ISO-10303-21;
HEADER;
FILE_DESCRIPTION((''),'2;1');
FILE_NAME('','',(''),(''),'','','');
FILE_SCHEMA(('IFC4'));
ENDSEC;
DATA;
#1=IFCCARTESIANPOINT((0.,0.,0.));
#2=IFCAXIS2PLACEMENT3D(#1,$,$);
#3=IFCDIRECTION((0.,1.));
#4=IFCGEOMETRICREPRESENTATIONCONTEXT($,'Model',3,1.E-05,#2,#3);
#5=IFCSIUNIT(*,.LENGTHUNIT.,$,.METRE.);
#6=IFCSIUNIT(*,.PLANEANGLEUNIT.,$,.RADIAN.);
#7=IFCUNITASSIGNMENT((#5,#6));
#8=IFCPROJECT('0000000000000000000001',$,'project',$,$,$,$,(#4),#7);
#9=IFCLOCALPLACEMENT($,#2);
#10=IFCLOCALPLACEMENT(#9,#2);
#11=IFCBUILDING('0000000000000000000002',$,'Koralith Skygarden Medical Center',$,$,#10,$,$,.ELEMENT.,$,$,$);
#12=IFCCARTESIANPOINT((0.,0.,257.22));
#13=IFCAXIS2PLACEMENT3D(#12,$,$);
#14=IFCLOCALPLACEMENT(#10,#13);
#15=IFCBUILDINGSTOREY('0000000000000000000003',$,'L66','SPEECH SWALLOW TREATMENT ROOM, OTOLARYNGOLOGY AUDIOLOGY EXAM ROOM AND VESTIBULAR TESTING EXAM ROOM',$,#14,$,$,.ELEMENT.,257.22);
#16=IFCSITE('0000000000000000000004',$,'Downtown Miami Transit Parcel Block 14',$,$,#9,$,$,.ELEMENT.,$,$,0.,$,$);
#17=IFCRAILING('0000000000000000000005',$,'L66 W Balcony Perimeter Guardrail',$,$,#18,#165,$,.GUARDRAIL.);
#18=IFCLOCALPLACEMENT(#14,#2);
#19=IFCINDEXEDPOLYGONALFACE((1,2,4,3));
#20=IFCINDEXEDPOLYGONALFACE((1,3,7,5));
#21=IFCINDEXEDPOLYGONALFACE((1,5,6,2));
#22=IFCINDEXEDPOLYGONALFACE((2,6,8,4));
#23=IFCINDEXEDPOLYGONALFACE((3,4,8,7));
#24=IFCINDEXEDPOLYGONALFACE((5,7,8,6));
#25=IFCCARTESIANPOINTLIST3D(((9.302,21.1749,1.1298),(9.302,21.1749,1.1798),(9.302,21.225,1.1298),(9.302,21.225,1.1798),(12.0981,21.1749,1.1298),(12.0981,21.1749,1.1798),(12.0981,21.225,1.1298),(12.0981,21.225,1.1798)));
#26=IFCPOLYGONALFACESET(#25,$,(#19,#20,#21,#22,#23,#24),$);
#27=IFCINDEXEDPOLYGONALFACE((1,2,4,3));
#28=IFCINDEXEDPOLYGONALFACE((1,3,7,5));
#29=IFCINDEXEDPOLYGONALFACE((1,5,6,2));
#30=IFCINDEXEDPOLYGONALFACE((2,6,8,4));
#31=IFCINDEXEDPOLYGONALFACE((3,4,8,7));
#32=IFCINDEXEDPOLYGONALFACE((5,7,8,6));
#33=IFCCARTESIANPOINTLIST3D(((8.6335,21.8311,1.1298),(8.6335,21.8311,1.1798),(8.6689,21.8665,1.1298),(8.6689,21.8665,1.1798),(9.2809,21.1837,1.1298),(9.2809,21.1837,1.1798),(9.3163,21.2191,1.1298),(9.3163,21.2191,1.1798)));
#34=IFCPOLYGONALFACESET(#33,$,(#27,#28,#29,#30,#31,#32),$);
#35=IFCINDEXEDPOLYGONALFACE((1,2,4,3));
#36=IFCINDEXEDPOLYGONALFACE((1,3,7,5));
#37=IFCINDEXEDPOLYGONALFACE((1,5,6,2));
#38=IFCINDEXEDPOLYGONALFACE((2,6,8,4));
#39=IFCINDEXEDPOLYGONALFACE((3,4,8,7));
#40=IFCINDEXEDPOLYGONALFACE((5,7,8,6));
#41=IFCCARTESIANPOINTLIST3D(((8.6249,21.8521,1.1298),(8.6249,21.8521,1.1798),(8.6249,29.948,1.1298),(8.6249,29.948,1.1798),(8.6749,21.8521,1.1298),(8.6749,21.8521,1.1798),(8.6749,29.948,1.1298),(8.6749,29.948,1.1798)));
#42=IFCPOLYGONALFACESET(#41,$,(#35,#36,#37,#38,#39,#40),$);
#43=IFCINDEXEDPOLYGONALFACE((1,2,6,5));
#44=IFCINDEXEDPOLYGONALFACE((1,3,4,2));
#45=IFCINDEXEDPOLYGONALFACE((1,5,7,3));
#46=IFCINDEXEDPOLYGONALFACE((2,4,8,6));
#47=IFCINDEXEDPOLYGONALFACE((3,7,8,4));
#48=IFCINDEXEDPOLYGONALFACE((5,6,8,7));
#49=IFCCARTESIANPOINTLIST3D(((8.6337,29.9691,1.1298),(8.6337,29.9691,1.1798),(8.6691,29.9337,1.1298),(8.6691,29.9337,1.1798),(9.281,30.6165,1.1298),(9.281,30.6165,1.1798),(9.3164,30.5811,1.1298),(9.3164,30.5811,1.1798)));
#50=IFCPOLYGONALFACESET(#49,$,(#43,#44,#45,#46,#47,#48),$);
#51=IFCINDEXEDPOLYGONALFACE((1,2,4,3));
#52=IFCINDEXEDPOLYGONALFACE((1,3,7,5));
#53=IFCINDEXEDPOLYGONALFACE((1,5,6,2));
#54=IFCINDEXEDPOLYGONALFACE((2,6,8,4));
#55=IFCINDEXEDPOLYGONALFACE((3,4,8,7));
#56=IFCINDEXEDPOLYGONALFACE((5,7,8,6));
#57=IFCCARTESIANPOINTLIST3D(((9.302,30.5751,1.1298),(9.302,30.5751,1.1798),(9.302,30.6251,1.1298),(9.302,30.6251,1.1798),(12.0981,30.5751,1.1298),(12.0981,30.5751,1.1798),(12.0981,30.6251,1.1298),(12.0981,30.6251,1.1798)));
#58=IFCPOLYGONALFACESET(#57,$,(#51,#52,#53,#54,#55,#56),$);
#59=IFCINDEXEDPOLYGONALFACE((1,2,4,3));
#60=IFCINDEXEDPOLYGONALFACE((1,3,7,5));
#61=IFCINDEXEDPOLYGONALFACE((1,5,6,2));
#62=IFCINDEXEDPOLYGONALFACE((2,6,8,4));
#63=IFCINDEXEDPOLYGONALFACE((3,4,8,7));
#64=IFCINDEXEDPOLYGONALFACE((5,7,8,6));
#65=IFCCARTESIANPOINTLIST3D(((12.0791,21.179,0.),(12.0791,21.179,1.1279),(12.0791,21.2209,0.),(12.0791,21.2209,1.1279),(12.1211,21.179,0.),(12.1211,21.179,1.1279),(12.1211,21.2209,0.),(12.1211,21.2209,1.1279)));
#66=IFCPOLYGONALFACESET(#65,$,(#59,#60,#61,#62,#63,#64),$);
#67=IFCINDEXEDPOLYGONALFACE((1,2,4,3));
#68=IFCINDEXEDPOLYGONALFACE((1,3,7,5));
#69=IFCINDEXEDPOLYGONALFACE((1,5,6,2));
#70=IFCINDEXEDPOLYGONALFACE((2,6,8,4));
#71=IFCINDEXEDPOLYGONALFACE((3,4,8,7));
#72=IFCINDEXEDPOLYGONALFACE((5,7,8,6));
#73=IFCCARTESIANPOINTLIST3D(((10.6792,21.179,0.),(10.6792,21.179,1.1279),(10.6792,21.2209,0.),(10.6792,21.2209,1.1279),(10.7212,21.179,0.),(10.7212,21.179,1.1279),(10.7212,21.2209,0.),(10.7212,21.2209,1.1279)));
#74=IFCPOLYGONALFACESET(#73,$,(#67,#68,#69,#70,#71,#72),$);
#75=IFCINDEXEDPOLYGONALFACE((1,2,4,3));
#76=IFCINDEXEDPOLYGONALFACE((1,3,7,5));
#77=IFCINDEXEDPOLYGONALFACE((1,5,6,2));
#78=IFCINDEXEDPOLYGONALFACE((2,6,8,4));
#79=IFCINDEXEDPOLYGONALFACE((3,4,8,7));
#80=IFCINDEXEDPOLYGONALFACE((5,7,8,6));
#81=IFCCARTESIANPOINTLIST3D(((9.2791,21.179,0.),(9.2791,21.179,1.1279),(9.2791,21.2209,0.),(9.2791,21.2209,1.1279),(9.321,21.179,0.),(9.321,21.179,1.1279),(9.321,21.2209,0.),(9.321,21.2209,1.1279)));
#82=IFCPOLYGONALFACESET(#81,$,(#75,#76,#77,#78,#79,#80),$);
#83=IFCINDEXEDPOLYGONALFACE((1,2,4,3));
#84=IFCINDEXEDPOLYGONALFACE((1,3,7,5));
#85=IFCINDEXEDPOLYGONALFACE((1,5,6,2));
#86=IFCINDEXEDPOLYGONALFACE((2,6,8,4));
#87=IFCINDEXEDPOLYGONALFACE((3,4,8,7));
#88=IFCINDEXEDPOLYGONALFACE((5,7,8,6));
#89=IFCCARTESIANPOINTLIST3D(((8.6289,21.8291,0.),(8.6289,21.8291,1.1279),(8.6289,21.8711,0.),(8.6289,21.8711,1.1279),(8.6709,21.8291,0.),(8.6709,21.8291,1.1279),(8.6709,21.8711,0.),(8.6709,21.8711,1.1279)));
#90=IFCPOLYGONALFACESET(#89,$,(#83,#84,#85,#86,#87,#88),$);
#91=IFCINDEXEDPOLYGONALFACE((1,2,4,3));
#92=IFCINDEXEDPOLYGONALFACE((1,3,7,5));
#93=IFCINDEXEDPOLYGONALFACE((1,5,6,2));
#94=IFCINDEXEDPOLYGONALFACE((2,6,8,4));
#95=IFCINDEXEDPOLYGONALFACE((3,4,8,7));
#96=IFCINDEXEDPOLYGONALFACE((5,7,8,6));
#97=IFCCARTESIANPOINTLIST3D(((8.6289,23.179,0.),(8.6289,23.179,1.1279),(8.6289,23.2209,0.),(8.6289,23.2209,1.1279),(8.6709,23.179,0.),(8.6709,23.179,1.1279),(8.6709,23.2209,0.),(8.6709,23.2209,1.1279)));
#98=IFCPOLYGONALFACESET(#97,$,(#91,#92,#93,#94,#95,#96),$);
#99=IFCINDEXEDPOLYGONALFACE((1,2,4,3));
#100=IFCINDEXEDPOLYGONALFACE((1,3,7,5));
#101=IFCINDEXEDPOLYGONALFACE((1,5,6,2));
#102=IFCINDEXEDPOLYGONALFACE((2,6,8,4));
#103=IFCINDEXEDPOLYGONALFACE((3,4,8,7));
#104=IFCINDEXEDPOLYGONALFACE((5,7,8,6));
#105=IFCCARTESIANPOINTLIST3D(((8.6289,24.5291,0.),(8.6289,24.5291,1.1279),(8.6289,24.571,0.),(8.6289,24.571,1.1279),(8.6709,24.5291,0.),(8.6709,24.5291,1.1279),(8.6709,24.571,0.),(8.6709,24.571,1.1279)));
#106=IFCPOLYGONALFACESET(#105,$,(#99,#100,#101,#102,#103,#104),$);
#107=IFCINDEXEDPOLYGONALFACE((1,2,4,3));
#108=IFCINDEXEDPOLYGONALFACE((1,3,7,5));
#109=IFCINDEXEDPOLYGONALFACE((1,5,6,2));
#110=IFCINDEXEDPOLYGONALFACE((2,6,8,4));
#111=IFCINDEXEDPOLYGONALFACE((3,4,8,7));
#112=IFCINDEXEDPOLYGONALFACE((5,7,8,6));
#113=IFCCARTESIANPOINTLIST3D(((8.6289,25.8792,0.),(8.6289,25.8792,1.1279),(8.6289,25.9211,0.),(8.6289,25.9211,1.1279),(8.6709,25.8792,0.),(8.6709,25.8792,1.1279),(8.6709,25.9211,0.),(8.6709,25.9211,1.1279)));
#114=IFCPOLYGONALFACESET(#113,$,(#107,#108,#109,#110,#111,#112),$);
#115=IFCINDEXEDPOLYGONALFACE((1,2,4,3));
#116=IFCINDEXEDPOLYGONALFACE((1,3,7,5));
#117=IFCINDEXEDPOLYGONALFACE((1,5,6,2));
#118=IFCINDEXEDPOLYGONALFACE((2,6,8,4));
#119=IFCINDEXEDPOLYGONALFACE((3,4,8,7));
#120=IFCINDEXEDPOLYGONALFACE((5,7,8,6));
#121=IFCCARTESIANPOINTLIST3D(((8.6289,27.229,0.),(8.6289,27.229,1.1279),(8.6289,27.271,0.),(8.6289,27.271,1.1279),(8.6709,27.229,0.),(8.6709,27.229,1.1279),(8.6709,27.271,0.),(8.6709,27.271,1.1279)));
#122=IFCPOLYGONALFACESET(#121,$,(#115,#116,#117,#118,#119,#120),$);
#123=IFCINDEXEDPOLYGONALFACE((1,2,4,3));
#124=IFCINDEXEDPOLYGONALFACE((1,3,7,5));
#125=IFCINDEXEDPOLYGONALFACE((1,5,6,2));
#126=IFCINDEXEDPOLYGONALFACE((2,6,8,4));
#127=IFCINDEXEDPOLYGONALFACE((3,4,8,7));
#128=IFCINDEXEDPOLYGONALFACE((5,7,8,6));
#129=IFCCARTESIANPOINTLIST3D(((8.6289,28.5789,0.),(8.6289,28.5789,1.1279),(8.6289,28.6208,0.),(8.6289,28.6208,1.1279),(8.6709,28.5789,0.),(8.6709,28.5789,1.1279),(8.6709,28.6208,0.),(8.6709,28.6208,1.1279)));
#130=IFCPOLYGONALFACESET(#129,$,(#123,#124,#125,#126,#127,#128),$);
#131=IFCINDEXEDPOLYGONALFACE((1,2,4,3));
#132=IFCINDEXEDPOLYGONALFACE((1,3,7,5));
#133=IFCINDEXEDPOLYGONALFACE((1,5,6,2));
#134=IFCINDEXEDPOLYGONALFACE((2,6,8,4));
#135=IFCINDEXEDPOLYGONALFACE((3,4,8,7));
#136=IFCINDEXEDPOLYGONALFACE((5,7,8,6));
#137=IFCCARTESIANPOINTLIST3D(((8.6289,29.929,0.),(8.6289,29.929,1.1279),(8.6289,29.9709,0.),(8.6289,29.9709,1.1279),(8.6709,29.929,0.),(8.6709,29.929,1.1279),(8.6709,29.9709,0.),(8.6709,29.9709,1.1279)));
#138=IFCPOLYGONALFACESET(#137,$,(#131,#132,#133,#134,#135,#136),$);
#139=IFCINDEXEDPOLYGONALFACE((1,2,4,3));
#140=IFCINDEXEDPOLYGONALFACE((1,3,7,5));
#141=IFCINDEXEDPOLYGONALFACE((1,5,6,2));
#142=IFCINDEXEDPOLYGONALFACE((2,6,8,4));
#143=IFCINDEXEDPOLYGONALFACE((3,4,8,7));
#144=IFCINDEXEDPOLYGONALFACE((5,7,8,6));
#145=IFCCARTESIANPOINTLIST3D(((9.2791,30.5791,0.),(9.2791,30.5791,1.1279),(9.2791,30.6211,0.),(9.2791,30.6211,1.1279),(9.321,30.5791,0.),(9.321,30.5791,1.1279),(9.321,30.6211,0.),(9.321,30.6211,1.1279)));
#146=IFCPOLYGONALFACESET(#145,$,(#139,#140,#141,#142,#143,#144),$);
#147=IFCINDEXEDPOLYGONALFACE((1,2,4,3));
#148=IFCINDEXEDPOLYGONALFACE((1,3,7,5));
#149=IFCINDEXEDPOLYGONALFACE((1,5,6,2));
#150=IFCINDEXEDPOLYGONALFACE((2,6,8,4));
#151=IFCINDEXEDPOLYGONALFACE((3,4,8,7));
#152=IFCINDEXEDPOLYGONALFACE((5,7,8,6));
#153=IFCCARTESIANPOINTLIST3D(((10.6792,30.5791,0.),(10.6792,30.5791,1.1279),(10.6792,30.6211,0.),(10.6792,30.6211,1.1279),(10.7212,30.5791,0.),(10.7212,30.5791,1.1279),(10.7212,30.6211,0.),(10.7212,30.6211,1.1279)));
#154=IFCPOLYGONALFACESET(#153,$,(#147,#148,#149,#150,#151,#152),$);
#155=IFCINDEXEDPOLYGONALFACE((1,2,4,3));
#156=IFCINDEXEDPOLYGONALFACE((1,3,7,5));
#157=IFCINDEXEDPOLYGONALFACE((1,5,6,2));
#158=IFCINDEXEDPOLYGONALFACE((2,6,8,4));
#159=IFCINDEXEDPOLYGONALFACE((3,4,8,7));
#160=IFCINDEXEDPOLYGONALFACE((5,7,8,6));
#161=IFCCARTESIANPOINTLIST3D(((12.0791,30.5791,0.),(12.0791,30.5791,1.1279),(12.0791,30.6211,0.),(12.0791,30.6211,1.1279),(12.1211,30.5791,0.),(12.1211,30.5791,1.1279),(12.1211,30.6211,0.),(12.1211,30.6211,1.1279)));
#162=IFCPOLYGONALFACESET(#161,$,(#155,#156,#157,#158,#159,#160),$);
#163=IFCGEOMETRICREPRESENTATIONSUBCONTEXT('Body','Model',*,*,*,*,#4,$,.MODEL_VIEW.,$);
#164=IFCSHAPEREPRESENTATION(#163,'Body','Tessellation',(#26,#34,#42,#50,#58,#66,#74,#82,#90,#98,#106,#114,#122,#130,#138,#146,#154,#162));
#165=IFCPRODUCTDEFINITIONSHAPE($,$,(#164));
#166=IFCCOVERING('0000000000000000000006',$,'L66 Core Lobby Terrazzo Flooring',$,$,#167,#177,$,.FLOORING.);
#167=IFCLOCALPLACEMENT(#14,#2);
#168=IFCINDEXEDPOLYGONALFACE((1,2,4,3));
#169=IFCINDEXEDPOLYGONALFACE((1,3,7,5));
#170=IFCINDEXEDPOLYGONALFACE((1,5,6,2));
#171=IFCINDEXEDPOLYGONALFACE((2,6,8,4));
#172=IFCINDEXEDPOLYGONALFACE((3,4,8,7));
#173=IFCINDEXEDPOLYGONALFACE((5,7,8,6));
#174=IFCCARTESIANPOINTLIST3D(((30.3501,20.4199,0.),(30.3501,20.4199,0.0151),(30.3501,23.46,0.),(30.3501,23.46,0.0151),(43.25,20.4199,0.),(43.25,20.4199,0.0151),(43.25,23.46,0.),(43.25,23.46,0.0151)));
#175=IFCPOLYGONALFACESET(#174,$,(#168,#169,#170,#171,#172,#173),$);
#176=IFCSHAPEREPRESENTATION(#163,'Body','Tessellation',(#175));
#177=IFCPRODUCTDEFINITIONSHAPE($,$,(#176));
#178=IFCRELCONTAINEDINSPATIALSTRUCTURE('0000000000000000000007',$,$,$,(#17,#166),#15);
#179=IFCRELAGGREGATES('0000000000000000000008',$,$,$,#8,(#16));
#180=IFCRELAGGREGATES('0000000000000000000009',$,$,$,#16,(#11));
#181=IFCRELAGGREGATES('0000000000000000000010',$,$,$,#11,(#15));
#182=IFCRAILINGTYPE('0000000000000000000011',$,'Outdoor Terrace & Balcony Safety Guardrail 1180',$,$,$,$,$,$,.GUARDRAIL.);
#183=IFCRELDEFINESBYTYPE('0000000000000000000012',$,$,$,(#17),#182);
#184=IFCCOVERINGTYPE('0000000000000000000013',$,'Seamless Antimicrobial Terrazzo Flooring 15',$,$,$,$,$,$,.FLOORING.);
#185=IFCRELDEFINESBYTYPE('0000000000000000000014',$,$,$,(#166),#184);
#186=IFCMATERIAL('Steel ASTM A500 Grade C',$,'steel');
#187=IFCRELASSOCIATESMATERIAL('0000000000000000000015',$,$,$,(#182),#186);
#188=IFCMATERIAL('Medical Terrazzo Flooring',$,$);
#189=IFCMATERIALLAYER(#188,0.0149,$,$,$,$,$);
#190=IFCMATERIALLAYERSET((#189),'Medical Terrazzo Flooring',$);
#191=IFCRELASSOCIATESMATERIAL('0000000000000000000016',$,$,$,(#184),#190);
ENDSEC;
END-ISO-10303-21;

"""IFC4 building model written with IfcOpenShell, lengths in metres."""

from ifc_helpers import new_model, si_unit, direction, frame, origin, origin_2d, place, context, subcontext, project, spatial, polyline, rectangle, outline, extrude, material, layer, layer_set, type_object, element, save


model = new_model("IFC4")

# Units and contexts
model_context = context("Model", 3, precision=1e-05, world=origin(), true_north=direction((0.0, 1.0)))
body_context = subcontext(model_context, "Body", "Model", "MODEL_VIEW")
ifc_project = project(units=[si_unit("LENGTHUNIT", "METRE"), si_unit("PLANEANGLEUNIT", "RADIAN")], contexts=[model_context])

# Site, building, storey
site_placement = place(None, origin())
site = spatial("IfcSite", under=ifc_project, at=site_placement, Name="Downtown Miami Transit Parcel Block 14", CompositionType="ELEMENT", RefElevation=0.0)
building_placement = place(site_placement, origin())
building = spatial("IfcBuilding", under=site, at=building_placement, Name="Koralith Skygarden Medical Center", CompositionType="ELEMENT")
storey_placement = place(building_placement, frame((0.0, 0.0, 257.22)))
storey = spatial("IfcBuildingStorey", under=building, at=storey_placement, Name="L66", Description="SPEECH SWALLOW TREATMENT ROOM, OTOLARYNGOLOGY AUDIOLOGY EXAM ROOM AND VESTIBULAR TESTING EXAM ROOM", CompositionType="ELEMENT", Elevation=257.22)

# Railing
ifc_material_1 = material(Name="Steel ASTM A500 Grade C", Category="steel")
railing_type = type_object("IfcRailingType", Name="Outdoor Terrace & Balcony Safety Guardrail 1180", PredefinedType="GUARDRAIL", material=ifc_material_1)
railing_placement = place(storey_placement, frame((12.1001, 21.2, 0.0)))
element("IfcRailing", 1, at=railing_placement, inside=storey, type_object=railing_type, Name="L66 W Balcony Perimeter Guardrail", PredefinedType="GUARDRAIL", context=body_context, shape_type="SweptSolid", body=[
    extrude(rectangle(XDim=0.05, YDim=0.05, at=origin_2d()), frame((-0.002, 0.0, 1.1548), z_axis=(-1.0, 0.0, 0.0), x_axis=(0.0, -1.0, 0.0)), (0.0, 0.0, 1.0), 2.7961),
    extrude(rectangle(XDim=0.05, YDim=0.05, at=origin_2d()), frame((-2.8015, 0.0015, 1.1548), z_axis=(-0.707107, 0.707107, 0.0), x_axis=(-0.707107, -0.707107, 0.0)), (0.0, 0.0, 1.0), 0.9155),
    extrude(rectangle(XDim=0.05, YDim=0.05, at=origin_2d()), frame((-3.4502, 0.6521, 1.1548), z_axis=(0.0, 1.0, 0.0), x_axis=(-1.0, 0.0, 0.0)), (0.0, 0.0, 1.0), 8.0959),
    extrude(rectangle(XDim=0.05, YDim=0.05, at=origin_2d()), frame((-3.4487, 8.7515, 1.1548), z_axis=(0.707107, 0.707107, 0.0), x_axis=(-0.707107, 0.707107, 0.0)), (0.0, 0.0, 1.0), 0.9155),
    extrude(rectangle(XDim=0.05, YDim=0.05, at=origin_2d()), frame((-2.7981, 9.4001, 1.1548), z_axis=(1.0, 0.0, 0.0), x_axis=(0.0, 1.0, 0.0)), (0.0, 0.0, 1.0), 2.7961),
    extrude(rectangle(XDim=0.042, YDim=0.042, at=origin_2d()), origin(), (0.0, 0.0, 1.0), 1.1279),
    extrude(rectangle(XDim=0.042, YDim=0.042, at=origin_2d()), frame((-1.3999, 0.0, 0.0)), (0.0, 0.0, 1.0), 1.1279),
    extrude(rectangle(XDim=0.042, YDim=0.042, at=origin_2d()), frame((-2.8, 0.0, 0.0)), (0.0, 0.0, 1.0), 1.1279),
    extrude(rectangle(XDim=0.042, YDim=0.042, at=origin_2d()), frame((-3.4502, 0.6501, 0.0)), (0.0, 0.0, 1.0), 1.1279),
    extrude(rectangle(XDim=0.042, YDim=0.042, at=origin_2d()), frame((-3.4502, 2.0, 0.0)), (0.0, 0.0, 1.0), 1.1279),
    extrude(rectangle(XDim=0.042, YDim=0.042, at=origin_2d()), frame((-3.4502, 3.3501, 0.0)), (0.0, 0.0, 1.0), 1.1279),
    extrude(rectangle(XDim=0.042, YDim=0.042, at=origin_2d()), frame((-3.4502, 4.7002, 0.0)), (0.0, 0.0, 1.0), 1.1279),
    extrude(rectangle(XDim=0.042, YDim=0.042, at=origin_2d()), frame((-3.4502, 6.05, 0.0)), (0.0, 0.0, 1.0), 1.1279),
    extrude(rectangle(XDim=0.042, YDim=0.042, at=origin_2d()), frame((-3.4502, 7.3999, 0.0)), (0.0, 0.0, 1.0), 1.1279),
    extrude(rectangle(XDim=0.042, YDim=0.042, at=origin_2d()), frame((-3.4502, 8.75, 0.0)), (0.0, 0.0, 1.0), 1.1279),
    extrude(rectangle(XDim=0.042, YDim=0.042, at=origin_2d()), frame((-2.8, 9.4001, 0.0)), (0.0, 0.0, 1.0), 1.1279),
    extrude(rectangle(XDim=0.042, YDim=0.042, at=origin_2d()), frame((-1.3999, 9.4001, 0.0)), (0.0, 0.0, 1.0), 1.1279),
    extrude(rectangle(XDim=0.042, YDim=0.042, at=origin_2d()), frame((0.0, 9.4001, 0.0)), (0.0, 0.0, 1.0), 1.1279),
])

# Covering
ifc_material_2 = material(Name="Medical Terrazzo Flooring")
ifc_layer_1 = layer(ifc_material_2, 0.0149)
ifc_layer_set_1 = layer_set([ifc_layer_1], Name="Medical Terrazzo Flooring")
covering_type_1 = type_object("IfcCoveringType", Name="Seamless Antimicrobial Terrazzo Flooring 15", PredefinedType="FLOORING", material=ifc_layer_set_1)
covering_1_placement = place(storey_placement, origin())
element("IfcCovering", 2, at=covering_1_placement, inside=storey, type_object=covering_type_1, Name="L66 Core Lobby Terrazzo Flooring", PredefinedType="FLOORING", context=body_context, shape_type="SweptSolid", body=[
    extrude(outline(polyline([(30.3501, 20.4199), (43.25, 20.4199), (43.25, 23.46), (30.3501, 23.46), (30.3501, 20.4199)])), origin(), (0.0, 0.0, 1.0), 0.0151),
])

save(model, "model.ifc")
